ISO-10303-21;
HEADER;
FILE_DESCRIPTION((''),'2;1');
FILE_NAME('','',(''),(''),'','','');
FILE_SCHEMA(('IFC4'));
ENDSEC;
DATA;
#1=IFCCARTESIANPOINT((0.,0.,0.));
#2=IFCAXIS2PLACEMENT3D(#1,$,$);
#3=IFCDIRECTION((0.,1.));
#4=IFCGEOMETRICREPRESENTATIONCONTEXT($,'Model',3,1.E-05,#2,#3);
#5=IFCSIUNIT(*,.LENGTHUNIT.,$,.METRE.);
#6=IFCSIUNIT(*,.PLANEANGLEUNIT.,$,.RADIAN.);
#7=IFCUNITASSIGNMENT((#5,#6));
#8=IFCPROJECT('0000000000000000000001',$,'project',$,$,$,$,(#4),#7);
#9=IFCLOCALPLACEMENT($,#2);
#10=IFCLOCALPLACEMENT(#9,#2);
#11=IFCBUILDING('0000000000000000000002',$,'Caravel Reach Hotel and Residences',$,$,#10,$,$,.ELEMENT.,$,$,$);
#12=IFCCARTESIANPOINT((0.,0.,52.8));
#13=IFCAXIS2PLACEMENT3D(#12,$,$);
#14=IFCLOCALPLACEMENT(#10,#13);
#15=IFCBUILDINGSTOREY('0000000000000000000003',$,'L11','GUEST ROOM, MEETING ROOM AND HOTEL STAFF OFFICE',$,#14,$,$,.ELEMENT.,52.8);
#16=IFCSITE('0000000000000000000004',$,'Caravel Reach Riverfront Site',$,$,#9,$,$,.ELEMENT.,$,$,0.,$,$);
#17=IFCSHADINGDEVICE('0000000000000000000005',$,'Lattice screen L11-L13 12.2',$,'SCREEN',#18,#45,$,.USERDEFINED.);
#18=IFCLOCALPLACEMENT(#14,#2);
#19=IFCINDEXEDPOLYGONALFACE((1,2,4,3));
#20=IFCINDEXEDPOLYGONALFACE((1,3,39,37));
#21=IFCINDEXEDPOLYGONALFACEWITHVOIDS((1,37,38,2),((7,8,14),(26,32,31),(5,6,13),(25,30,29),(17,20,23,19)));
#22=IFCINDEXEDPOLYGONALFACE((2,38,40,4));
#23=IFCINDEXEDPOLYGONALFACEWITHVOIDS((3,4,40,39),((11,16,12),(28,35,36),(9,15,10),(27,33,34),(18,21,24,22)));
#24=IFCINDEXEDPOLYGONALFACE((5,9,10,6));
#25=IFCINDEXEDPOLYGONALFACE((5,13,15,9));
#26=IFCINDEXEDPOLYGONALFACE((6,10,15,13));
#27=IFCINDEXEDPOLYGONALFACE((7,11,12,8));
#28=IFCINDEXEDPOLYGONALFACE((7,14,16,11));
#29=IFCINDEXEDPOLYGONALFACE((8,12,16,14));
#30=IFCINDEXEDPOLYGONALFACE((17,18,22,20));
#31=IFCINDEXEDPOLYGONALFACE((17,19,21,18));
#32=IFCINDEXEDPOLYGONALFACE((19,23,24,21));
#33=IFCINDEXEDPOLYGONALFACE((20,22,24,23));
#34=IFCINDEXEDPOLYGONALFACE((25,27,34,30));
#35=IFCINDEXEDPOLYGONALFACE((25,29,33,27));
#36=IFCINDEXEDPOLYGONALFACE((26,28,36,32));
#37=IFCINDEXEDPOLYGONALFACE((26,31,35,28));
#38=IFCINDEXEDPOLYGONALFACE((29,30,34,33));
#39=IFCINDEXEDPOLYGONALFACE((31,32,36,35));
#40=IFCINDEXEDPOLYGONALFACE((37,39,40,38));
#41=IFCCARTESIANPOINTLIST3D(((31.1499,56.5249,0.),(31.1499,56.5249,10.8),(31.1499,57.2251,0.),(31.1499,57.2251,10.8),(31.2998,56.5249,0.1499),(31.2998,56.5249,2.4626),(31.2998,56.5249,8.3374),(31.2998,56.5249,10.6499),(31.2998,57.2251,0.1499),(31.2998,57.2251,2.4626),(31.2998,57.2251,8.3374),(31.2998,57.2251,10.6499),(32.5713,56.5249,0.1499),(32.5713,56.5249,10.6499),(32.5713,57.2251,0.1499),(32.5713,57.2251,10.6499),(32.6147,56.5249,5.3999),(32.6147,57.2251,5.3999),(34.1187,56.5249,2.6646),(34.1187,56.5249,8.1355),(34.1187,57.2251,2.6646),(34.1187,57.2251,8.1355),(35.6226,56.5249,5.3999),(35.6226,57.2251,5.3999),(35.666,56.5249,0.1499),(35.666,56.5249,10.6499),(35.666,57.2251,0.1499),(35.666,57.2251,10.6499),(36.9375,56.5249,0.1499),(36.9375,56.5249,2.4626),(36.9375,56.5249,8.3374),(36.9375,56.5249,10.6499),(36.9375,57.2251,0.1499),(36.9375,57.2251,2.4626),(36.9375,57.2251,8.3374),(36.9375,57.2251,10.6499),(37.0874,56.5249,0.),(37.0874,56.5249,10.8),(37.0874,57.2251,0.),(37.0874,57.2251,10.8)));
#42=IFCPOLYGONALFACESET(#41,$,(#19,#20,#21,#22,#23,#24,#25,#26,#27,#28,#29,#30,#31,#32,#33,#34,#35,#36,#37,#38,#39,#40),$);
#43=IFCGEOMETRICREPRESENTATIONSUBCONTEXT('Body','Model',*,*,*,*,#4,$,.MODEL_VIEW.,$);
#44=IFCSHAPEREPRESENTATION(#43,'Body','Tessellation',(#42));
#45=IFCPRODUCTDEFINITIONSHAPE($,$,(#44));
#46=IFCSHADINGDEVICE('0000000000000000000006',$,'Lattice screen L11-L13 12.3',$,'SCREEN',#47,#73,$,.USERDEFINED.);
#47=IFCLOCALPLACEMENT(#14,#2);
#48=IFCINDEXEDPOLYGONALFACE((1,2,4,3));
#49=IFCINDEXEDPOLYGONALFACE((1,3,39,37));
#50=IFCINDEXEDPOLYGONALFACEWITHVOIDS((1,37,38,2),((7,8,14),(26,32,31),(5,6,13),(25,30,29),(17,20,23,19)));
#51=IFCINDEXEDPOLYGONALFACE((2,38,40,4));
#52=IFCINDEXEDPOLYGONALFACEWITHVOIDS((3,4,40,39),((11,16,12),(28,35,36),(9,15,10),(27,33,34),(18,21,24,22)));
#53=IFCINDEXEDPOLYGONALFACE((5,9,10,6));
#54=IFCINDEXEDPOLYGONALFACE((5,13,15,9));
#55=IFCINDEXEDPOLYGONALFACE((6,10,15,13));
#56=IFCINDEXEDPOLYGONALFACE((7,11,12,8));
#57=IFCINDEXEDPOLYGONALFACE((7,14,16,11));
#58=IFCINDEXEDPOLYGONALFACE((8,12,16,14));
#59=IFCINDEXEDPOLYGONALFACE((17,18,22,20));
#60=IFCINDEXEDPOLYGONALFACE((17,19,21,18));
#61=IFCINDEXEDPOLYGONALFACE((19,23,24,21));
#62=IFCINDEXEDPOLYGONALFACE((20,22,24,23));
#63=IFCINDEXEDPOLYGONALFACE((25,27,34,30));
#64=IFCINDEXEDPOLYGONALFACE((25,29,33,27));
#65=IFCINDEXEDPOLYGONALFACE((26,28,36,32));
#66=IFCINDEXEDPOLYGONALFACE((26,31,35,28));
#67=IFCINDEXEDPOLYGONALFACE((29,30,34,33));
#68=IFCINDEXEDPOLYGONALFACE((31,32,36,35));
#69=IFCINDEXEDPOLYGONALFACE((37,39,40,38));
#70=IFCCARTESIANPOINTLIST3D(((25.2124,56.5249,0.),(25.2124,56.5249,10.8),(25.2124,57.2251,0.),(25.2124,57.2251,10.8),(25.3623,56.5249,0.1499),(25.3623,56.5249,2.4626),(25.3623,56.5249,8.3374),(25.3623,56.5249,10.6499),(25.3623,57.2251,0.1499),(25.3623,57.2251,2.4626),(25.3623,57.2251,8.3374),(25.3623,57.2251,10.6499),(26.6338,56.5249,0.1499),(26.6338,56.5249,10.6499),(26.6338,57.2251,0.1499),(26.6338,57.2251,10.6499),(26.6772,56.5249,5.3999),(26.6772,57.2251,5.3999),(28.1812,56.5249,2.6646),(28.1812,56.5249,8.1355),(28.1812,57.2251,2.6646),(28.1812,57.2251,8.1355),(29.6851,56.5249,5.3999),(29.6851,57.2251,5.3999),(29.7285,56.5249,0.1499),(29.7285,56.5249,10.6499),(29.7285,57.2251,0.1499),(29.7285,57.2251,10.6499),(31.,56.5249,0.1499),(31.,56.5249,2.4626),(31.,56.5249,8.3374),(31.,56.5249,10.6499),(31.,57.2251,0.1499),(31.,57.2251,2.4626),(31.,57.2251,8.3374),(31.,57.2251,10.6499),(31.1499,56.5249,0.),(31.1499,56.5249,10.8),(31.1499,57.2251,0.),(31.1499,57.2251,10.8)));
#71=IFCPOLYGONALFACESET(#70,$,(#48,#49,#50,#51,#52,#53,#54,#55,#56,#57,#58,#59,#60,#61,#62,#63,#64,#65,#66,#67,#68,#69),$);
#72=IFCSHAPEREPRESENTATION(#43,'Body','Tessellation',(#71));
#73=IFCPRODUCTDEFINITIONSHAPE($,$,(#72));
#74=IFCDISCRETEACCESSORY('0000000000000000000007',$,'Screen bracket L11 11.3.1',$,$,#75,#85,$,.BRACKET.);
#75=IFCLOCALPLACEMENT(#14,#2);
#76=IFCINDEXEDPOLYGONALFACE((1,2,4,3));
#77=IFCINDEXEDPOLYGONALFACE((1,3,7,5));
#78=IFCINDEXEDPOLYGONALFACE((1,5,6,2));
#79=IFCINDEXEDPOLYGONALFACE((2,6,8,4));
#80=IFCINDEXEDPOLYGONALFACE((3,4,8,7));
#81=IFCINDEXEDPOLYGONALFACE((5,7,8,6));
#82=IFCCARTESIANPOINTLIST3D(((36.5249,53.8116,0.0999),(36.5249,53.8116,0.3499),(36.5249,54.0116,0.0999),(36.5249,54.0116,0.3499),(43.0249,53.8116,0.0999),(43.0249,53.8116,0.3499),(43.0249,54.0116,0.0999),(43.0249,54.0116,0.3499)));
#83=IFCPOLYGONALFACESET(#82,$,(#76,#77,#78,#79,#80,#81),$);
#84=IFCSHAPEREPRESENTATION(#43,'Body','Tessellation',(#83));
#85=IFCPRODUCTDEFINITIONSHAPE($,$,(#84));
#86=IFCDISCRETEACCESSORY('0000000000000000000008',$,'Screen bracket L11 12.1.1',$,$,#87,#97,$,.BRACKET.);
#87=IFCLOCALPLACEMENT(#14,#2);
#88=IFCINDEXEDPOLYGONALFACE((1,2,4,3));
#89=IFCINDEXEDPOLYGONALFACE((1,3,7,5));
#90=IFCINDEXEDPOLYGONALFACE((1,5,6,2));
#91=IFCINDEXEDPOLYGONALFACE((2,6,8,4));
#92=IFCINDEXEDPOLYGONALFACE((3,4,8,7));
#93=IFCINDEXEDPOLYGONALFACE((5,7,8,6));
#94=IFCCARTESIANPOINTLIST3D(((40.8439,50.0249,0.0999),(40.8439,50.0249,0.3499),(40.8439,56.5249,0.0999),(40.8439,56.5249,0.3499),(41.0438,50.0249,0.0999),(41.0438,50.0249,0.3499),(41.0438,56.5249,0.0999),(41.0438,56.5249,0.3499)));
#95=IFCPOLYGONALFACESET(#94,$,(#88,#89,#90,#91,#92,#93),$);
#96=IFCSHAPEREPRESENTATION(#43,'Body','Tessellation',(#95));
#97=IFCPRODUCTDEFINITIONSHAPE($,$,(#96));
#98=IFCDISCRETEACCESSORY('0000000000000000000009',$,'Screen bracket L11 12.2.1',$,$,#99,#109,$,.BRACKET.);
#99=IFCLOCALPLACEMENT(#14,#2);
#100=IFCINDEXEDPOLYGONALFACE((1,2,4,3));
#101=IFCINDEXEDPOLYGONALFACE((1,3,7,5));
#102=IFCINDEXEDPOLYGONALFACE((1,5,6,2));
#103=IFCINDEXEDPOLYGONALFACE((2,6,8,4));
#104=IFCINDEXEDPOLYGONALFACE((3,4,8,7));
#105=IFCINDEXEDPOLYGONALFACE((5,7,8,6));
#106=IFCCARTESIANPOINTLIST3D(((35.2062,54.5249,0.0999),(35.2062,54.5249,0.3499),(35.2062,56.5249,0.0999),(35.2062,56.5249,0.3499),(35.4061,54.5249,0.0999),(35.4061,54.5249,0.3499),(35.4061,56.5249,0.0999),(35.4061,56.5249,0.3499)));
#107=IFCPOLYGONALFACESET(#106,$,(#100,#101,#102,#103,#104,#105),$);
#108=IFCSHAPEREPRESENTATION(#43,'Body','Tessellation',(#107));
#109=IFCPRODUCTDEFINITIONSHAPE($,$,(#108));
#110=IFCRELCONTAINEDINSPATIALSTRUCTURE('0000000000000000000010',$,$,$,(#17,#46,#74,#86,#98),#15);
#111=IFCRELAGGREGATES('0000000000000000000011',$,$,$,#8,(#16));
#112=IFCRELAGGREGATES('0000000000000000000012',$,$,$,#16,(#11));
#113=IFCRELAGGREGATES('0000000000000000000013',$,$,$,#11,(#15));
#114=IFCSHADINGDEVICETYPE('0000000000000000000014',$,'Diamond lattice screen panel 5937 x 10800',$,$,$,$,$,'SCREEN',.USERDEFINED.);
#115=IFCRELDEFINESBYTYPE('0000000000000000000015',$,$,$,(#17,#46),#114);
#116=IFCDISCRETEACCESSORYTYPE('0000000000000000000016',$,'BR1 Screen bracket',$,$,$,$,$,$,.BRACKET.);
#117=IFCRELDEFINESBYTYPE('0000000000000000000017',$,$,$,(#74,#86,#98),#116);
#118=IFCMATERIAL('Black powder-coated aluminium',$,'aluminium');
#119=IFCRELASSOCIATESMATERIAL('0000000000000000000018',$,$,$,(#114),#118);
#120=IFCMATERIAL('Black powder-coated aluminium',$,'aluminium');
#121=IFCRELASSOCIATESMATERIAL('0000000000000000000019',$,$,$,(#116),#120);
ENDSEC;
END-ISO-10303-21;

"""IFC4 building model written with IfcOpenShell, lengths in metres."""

from ifc_helpers import new_model, si_unit, direction, frame, origin, origin_2d, place, context, subcontext, project, spatial, polyline, rectangle, outline, extrude, material, type_object, element, save


model = new_model("IFC4")

# Units and contexts
model_context = context("Model", 3, precision=1e-05, world=origin(), true_north=direction((0.0, 1.0)))
body_context = subcontext(model_context, "Body", "Model", "MODEL_VIEW")
ifc_project = project(units=[si_unit("LENGTHUNIT", "METRE"), si_unit("PLANEANGLEUNIT", "RADIAN")], contexts=[model_context])

# Site, building, storey
site_placement = place(None, origin())
site = spatial("IfcSite", under=ifc_project, at=site_placement, Name="Caravel Reach Riverfront Site", CompositionType="ELEMENT", RefElevation=0.0)
building_placement = place(site_placement, origin())
building = spatial("IfcBuilding", under=site, at=building_placement, Name="Caravel Reach Hotel and Residences", CompositionType="ELEMENT")
storey_placement = place(building_placement, frame((0.0, 0.0, 52.8)))
storey = spatial("IfcBuildingStorey", under=building, at=storey_placement, Name="L11", Description="GUEST ROOM, MEETING ROOM AND HOTEL STAFF OFFICE", CompositionType="ELEMENT", Elevation=52.8)

# Shading devices
ifc_material_1 = material(Name="Black powder-coated aluminium", Category="aluminium")
shading_device_type_1 = type_object("IfcShadingDeviceType", Name="Diamond lattice screen panel 5937 x 10800", ElementType="SCREEN", PredefinedType="USERDEFINED", material=ifc_material_1)
for number, where, z_axis, x_axis, name in (
    (1, (37.0874, 56.5249, 0.0), (0.0, 1.0, 0.0), (-1.0, 0.0, 0.0), "Lattice screen L11-L13 12.2"),
    (2, (31.1499, 56.5249, 0.0), (0.0, 1.0, 0.0), (-1.0, 0.0, 0.0), "Lattice screen L11-L13 12.3"),
):
    element("IfcShadingDevice", number, at=place(storey_placement, frame(where, z_axis=z_axis, x_axis=x_axis)), inside=storey, type_object=shading_device_type_1, Name=name, ObjectType="SCREEN", PredefinedType="USERDEFINED", context=body_context, shape_type="SweptSolid", body=[
        extrude(outline(polyline([(0.0, 0.0), (5.9375, 0.0), (5.9375, 10.8), (0.0, 10.8), (0.0, 0.0)]), holes=[polyline([(1.4214, 0.1499), (0.1499, 2.4626), (0.1499, 0.1499), (1.4214, 0.1499)]), polyline([(0.1499, 8.3374), (1.4214, 10.6499), (0.1499, 10.6499), (0.1499, 8.3374)]), polyline([(2.9688, 8.1355), (1.4648, 5.3999), (2.9688, 2.6646), (4.4727, 5.3999), (2.9688, 8.1355)]), polyline([(5.7876, 2.4626), (4.5161, 0.1499), (5.7876, 0.1499), (5.7876, 2.4626)]), polyline([(4.5161, 10.6499), (5.7876, 8.3374), (5.7876, 10.6499), (4.5161, 10.6499)])]), origin(), (0.0, 0.0, 1.0), 0.7002),
    ])

# Discrete accessories
ifc_material_2 = material(Name="Black powder-coated aluminium", Category="aluminium")
discrete_accessory_type = type_object("IfcDiscreteAccessoryType", Name="BR1 Screen bracket", PredefinedType="BRACKET", material=ifc_material_2)
for number, where, z_axis, x_axis, name in (
    (3, (39.7749, 53.9116, 0.0999), (0.0, 0.0, 1.0), (1.0, 0.0, 0.0), "Screen bracket L11 11.3.1"),
    (4, (40.9438, 53.2749, 0.0999), (0.0, 0.0, 1.0), (0.0, 1.0, 0.0), "Screen bracket L11 12.1.1"),
):
    element("IfcDiscreteAccessory", number, at=place(storey_placement, frame(where, z_axis=z_axis, x_axis=x_axis)), inside=storey, type_object=discrete_accessory_type, Name=name, PredefinedType="BRACKET", context=body_context, shape_type="SweptSolid", body=[
        extrude(rectangle(XDim=6.5, YDim=0.2, at=origin_2d()), origin(), (0.0, 0.0, 1.0), 0.25),
    ])
discrete_accessory_placement = place(storey_placement, frame((35.3062, 55.5249, 0.0999), z_axis=(0.0, 0.0, 1.0), x_axis=(0.0, 1.0, 0.0)))
element("IfcDiscreteAccessory", 5, at=discrete_accessory_placement, inside=storey, type_object=discrete_accessory_type, Name="Screen bracket L11 12.2.1", PredefinedType="BRACKET", context=body_context, shape_type="SweptSolid", body=[
    extrude(rectangle(XDim=2.0, YDim=0.2, at=origin_2d()), origin(), (0.0, 0.0, 1.0), 0.25),
])

save(model, "model.ifc")
